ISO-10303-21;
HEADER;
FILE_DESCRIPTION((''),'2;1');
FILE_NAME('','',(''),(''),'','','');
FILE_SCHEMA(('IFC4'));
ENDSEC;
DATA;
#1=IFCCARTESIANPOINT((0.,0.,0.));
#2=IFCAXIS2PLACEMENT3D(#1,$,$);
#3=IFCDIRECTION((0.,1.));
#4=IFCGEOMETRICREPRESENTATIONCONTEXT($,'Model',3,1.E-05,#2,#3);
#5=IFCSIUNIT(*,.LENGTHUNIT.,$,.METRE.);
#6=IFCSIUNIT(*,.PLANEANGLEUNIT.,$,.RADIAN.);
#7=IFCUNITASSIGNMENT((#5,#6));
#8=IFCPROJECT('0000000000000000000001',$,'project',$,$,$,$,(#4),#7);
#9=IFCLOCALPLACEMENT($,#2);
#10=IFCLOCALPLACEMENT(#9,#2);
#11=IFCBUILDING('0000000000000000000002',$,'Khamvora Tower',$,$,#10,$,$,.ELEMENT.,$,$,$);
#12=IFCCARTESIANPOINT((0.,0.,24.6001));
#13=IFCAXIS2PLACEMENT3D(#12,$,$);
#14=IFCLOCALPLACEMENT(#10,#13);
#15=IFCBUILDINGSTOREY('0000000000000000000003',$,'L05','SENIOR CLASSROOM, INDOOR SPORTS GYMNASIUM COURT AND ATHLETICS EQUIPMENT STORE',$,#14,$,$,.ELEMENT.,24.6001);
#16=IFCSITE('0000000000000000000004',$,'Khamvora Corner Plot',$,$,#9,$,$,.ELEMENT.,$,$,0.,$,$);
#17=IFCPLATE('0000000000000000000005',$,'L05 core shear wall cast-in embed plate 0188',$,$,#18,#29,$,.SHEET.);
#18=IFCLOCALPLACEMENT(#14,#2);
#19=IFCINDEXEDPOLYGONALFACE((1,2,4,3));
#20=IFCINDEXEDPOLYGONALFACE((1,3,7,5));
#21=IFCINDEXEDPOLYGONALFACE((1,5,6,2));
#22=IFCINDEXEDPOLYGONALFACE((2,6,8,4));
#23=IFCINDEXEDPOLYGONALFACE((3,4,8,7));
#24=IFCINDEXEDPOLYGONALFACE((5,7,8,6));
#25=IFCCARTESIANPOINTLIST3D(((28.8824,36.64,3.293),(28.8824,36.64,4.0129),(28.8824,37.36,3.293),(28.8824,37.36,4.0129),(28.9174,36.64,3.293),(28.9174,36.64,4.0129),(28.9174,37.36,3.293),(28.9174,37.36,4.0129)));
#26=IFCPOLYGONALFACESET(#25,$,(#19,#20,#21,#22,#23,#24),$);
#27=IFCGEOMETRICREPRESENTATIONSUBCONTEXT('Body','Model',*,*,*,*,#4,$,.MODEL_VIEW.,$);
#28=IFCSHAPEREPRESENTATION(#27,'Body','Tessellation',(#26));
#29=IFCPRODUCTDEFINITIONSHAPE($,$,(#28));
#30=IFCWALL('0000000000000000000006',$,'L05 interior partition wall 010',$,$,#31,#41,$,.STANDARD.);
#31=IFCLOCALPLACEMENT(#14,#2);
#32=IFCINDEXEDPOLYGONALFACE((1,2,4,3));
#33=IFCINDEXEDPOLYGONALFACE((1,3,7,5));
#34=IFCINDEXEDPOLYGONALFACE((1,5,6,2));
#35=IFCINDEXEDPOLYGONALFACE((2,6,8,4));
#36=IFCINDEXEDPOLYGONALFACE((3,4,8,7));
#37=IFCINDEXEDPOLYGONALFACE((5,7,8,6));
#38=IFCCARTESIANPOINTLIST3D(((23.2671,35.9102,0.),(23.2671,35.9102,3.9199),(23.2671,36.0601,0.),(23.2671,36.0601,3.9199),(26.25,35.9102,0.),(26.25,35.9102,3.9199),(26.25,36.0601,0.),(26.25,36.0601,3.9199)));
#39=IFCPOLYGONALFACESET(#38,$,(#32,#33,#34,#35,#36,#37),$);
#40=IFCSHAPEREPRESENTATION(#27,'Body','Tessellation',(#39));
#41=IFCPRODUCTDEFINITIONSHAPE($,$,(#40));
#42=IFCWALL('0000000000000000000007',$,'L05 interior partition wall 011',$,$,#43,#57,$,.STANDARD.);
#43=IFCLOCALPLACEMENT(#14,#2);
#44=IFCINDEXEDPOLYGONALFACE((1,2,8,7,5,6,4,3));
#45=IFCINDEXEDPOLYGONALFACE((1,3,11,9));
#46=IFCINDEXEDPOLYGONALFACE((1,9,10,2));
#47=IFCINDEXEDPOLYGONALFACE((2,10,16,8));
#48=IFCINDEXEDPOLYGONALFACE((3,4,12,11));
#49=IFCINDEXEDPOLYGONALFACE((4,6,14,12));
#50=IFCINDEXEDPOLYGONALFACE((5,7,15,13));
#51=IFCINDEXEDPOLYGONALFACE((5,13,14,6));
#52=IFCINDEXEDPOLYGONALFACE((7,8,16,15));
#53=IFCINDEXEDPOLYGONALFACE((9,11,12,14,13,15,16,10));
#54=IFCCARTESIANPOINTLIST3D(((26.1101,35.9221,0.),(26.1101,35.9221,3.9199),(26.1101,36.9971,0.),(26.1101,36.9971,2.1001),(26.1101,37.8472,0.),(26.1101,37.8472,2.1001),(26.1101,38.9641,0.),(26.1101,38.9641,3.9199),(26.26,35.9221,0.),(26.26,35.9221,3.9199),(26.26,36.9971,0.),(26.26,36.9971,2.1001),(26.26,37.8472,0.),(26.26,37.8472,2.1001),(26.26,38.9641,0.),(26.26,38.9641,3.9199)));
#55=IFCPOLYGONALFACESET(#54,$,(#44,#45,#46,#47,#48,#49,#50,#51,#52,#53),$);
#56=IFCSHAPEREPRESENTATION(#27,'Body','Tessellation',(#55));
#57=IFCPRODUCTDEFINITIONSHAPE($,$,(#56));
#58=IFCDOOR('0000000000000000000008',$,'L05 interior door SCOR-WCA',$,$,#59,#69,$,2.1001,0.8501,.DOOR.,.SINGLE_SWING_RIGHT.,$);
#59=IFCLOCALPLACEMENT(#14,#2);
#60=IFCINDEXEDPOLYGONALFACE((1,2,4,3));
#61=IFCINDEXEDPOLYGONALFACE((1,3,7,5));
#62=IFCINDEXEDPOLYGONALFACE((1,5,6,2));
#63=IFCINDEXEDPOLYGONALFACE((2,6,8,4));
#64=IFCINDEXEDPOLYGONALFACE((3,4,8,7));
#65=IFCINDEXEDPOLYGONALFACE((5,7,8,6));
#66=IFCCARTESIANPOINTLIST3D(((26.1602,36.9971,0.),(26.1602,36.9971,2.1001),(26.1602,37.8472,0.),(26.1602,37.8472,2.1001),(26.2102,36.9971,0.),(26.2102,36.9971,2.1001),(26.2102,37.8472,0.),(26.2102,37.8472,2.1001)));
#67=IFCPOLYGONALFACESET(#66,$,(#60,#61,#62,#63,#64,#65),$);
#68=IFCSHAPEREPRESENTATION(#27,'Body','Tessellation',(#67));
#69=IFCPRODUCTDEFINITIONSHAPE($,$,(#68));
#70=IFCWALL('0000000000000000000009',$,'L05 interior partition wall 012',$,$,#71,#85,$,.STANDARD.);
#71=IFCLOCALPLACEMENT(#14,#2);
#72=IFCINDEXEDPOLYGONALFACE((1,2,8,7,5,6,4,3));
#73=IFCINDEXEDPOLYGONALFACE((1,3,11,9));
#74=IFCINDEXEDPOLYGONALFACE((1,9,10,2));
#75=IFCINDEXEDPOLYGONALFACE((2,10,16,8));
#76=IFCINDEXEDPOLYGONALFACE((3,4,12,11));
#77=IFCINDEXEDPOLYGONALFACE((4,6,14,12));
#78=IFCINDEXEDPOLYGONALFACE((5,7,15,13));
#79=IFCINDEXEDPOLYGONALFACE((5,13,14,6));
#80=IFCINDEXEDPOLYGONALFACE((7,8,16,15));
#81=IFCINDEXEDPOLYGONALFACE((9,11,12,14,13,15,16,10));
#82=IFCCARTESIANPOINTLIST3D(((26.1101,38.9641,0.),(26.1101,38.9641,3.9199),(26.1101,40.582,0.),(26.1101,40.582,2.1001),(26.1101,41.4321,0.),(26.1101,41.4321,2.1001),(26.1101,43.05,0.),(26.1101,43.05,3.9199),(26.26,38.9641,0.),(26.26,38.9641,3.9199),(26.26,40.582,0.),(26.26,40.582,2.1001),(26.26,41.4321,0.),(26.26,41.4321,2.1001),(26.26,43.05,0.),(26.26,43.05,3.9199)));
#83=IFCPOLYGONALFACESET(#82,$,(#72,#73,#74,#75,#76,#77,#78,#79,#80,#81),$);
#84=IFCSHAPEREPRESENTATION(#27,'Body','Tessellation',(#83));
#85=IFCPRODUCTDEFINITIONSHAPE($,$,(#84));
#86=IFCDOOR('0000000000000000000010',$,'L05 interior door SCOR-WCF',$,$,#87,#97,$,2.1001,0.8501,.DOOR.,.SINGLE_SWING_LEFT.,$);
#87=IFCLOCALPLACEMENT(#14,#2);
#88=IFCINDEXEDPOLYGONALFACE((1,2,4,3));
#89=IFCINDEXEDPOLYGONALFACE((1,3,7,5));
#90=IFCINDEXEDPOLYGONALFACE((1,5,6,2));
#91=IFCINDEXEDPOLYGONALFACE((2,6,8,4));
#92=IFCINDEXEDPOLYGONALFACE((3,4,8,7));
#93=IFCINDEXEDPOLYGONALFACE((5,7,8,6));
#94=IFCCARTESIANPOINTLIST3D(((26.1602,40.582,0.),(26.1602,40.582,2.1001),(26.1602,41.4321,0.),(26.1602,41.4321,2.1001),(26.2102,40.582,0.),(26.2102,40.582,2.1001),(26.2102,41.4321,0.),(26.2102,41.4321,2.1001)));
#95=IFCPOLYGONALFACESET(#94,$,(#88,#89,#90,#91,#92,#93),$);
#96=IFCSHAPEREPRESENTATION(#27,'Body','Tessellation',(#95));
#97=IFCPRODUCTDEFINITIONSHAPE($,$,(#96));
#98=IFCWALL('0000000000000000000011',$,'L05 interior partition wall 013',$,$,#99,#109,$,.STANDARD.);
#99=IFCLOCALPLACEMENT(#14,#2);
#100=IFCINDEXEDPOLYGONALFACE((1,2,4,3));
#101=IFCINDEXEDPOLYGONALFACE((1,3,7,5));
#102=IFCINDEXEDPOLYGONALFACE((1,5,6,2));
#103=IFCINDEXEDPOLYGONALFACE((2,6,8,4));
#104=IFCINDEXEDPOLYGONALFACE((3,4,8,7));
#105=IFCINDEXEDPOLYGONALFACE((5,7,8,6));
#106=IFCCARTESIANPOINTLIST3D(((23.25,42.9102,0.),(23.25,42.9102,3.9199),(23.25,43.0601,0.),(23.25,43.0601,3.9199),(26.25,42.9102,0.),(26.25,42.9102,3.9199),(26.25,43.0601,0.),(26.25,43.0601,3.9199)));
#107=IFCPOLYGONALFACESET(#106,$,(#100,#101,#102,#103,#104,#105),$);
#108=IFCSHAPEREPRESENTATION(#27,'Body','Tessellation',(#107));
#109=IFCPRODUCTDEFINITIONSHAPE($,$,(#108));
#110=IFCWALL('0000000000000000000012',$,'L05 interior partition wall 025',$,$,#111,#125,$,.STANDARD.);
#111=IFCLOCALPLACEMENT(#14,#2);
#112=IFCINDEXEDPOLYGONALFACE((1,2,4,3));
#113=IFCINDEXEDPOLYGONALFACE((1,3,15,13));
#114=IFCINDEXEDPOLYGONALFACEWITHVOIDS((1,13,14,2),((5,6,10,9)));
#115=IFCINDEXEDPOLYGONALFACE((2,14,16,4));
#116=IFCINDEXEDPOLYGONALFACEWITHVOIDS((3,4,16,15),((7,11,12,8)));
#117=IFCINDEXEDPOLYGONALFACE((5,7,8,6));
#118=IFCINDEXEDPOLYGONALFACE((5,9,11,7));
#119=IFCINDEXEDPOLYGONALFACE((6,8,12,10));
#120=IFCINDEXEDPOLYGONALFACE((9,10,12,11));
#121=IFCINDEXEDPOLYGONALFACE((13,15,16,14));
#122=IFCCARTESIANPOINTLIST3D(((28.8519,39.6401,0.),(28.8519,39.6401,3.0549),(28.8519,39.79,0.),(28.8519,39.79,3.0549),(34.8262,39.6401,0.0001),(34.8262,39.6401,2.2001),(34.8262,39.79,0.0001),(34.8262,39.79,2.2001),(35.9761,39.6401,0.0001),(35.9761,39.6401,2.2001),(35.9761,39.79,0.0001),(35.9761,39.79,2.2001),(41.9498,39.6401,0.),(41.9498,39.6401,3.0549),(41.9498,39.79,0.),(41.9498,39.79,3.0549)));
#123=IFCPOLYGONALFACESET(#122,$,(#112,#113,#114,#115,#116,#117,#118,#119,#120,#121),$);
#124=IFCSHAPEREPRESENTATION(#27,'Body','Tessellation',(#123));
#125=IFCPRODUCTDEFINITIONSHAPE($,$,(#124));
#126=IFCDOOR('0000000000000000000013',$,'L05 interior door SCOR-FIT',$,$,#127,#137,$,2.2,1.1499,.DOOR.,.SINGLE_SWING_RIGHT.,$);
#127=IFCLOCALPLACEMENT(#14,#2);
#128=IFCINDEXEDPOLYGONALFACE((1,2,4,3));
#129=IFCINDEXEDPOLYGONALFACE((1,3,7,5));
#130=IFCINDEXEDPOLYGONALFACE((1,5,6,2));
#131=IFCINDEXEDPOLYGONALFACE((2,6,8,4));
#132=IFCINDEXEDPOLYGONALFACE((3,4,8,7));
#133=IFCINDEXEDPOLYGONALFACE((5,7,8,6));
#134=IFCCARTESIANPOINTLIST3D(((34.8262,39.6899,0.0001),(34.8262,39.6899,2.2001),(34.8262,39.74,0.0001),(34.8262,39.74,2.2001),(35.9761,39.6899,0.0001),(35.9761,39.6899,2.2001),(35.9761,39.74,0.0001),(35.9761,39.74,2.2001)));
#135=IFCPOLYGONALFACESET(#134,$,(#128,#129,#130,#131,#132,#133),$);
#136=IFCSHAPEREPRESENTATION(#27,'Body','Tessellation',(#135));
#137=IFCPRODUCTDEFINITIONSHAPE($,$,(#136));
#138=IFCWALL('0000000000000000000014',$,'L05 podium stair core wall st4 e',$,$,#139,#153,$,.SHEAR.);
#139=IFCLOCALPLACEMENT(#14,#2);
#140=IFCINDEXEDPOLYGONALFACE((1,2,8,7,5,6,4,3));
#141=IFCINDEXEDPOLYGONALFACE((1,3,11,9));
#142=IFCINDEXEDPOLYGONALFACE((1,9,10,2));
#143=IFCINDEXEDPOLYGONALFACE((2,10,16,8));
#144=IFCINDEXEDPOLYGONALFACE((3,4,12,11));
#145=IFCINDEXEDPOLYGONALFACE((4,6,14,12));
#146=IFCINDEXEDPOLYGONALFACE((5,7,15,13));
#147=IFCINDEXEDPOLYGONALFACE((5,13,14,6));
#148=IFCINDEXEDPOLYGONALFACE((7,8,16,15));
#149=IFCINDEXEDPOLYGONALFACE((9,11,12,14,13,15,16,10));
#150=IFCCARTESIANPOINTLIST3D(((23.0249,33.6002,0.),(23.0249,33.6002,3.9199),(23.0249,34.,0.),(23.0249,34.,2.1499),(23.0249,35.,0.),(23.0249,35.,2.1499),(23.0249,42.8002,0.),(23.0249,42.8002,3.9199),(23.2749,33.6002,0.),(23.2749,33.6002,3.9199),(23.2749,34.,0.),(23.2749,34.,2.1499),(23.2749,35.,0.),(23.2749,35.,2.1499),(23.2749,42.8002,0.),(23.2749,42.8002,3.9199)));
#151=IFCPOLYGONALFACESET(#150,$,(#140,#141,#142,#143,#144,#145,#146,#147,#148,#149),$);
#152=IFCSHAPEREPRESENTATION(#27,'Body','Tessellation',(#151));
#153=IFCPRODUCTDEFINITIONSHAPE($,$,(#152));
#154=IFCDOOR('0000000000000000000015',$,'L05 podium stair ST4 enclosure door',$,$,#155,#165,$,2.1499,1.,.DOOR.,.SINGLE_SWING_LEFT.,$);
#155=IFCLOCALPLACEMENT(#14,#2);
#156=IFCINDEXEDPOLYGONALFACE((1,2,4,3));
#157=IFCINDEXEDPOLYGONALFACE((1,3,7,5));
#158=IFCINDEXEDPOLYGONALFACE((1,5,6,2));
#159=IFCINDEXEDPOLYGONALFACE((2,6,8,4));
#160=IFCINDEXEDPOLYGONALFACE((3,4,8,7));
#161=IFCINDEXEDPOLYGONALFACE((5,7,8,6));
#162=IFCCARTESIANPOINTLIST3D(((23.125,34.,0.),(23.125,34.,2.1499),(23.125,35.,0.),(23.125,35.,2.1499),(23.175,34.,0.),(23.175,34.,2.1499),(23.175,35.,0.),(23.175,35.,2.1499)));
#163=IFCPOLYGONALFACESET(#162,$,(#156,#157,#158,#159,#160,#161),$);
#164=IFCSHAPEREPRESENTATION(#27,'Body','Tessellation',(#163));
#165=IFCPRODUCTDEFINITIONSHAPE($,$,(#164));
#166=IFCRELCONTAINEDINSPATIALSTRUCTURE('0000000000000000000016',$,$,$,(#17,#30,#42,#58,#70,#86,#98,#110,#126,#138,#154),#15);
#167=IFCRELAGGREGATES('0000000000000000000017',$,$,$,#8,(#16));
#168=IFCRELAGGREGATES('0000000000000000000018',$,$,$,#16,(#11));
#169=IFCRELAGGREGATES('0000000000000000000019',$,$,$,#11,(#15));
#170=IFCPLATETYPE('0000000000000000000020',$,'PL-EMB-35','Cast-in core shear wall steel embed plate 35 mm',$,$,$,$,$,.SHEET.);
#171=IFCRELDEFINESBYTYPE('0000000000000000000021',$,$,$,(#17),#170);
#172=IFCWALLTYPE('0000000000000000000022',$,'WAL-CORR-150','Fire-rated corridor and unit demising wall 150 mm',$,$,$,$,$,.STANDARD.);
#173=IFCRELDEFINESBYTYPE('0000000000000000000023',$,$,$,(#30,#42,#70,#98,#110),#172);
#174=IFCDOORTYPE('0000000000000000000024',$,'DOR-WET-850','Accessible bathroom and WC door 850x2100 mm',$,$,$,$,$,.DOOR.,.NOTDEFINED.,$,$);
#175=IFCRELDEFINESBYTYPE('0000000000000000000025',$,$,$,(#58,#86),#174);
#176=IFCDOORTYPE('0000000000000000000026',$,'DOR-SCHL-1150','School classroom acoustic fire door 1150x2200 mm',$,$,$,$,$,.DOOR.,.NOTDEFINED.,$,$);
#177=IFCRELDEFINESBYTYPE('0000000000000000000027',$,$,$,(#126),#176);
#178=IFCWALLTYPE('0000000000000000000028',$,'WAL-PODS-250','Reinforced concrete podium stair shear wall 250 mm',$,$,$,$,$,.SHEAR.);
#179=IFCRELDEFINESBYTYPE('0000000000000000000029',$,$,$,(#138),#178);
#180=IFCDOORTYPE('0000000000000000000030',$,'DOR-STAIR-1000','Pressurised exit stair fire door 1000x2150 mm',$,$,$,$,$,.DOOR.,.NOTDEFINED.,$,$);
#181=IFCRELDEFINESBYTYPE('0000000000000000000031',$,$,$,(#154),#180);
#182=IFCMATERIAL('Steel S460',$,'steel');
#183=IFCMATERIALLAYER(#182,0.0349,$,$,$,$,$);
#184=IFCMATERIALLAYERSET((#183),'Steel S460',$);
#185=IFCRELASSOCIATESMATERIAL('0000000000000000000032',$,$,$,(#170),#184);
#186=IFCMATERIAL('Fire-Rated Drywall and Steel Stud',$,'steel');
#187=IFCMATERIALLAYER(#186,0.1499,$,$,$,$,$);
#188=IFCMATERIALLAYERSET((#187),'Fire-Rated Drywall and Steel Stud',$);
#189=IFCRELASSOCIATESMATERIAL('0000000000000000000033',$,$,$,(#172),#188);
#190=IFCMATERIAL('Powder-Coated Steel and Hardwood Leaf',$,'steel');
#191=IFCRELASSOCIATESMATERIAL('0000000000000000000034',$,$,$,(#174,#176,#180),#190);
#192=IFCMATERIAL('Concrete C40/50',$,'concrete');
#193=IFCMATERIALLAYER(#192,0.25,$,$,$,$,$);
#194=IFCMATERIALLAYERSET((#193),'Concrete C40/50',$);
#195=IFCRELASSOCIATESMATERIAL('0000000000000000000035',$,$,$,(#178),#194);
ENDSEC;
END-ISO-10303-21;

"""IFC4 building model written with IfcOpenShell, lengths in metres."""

from ifc_helpers import new_model, si_unit, direction, frame, frame_2d, origin, origin_2d, place, context, subcontext, project, spatial, rectangle, extrude, material, layer, layer_set, type_object, element, fill, save


model = new_model("IFC4")

# Units and contexts
model_context = context("Model", 3, precision=1e-05, world=origin(), true_north=direction((0.0, 1.0)))
body_context = subcontext(model_context, "Body", "Model", "MODEL_VIEW")
ifc_project = project(units=[si_unit("LENGTHUNIT", "METRE"), si_unit("PLANEANGLEUNIT", "RADIAN")], contexts=[model_context])

# Site, building, storey
site_placement = place(None, origin())
site = spatial("IfcSite", under=ifc_project, at=site_placement, Name="Khamvora Corner Plot", CompositionType="ELEMENT", RefElevation=0.0)
building_placement = place(site_placement, origin())
building = spatial("IfcBuilding", under=site, at=building_placement, Name="Khamvora Tower", CompositionType="ELEMENT")
storey_placement = place(building_placement, frame((0.0, 0.0, 24.6001)))
storey = spatial("IfcBuildingStorey", under=building, at=storey_placement, Name="L05", Description="SENIOR CLASSROOM, INDOOR SPORTS GYMNASIUM COURT AND ATHLETICS EQUIPMENT STORE", CompositionType="ELEMENT", Elevation=24.6001)

# Shared definitions
ifc_material_1 = material(Name="Steel S460", Category="steel")

# Plate
ifc_layer_1 = layer(ifc_material_1, 0.0349)
ifc_layer_set_1 = layer_set([ifc_layer_1], Name="Steel S460")
plate_type = type_object("IfcPlateType", Name="PL-EMB-35", Description="Cast-in core shear wall steel embed plate 35 mm", PredefinedType="SHEET", material=ifc_layer_set_1)
plate_placement = place(storey_placement, frame((28.8999, 37.0, 3.293), z_axis=(0.0, 0.0, 1.0), x_axis=(1.0, 0.0, 0.0)))
element("IfcPlate", 1, at=plate_placement, inside=storey, type_object=plate_type, Name="L05 core shear wall cast-in embed plate 0188", PredefinedType="SHEET", context=body_context, shape_type="SweptSolid", body=[
    extrude(rectangle(XDim=0.0349, YDim=0.72, at=origin_2d()), origin(), (0.0, 0.0, 1.0), 0.72),
])

# Wall
ifc_material_2 = material(Name="Fire-Rated Drywall and Steel Stud", Category="steel")
ifc_layer_2 = layer(ifc_material_2, 0.1499)
ifc_layer_set_2 = layer_set([ifc_layer_2], Name="Fire-Rated Drywall and Steel Stud")
wall_type_1 = type_object("IfcWallType", Name="WAL-CORR-150", Description="Fire-rated corridor and unit demising wall 150 mm", PredefinedType="STANDARD", material=ifc_layer_set_2)
wall_1_placement = place(storey_placement, frame((23.2671, 35.9851, 0.0), z_axis=(0.0, 0.0, 1.0), x_axis=(1.0, 0.0, 0.0)))
element("IfcWall", 2, at=wall_1_placement, inside=storey, type_object=wall_type_1, Name="L05 interior partition wall 010", PredefinedType="STANDARD", context=body_context, shape_type="SweptSolid", body=[
    extrude(rectangle(XDim=2.9829, YDim=0.1499, at=frame_2d((1.4915, 0.0))), origin(), (0.0, 0.0, 1.0), 3.9199),
])

# Walls, openings, doors
wall_2_placement = place(storey_placement, frame((26.1851, 35.9221, 0.0), z_axis=(0.0, 0.0, 1.0), x_axis=(0.0, 1.0, 0.0)))
wall_2 = element("IfcWall", 3, at=wall_2_placement, inside=storey, type_object=wall_type_1, Name="L05 interior partition wall 011", PredefinedType="STANDARD", context=body_context, shape_type="SweptSolid", body=[
    extrude(rectangle(XDim=3.042, YDim=0.1499, at=frame_2d((1.521, 0.0))), origin(), (0.0, 0.0, 1.0), 3.9199),
])
opening_1_placement = place(wall_2_placement, frame((1.075, 0.0, 0.0)))
opening_1 = element("IfcOpeningElement", 4, at=opening_1_placement, cuts=wall_2, PredefinedType="OPENING", context=body_context, shape_type="SweptSolid", body=[
    extrude(rectangle(XDim=0.8501, YDim=2.1001, at=frame_2d((0.425, 1.05))), frame((0.0, 0.085, 0.0), z_axis=(0.0, -1.0, 0.0), x_axis=(1.0, 0.0, 0.0)), (0.0, 0.0, 1.0), 0.1699),
])
ifc_material_3 = material(Name="Powder-Coated Steel and Hardwood Leaf", Category="steel")
door_type_1 = type_object("IfcDoorType", Name="DOR-WET-850", Description="Accessible bathroom and WC door 850x2100 mm", OperationType="NOTDEFINED", PredefinedType="DOOR", material=ifc_material_3)
door_1_placement = place(opening_1_placement, origin())
door_1 = element("IfcDoor", 5, at=door_1_placement, inside=storey, type_object=door_type_1, Name="L05 interior door SCOR-WCA", OperationType="SINGLE_SWING_RIGHT", OverallHeight=2.1001, OverallWidth=0.8501, PredefinedType="DOOR", context=body_context, shape_type="SweptSolid", body=[
    extrude(rectangle(XDim=0.8501, YDim=2.1001, at=frame_2d((0.425, 1.05))), frame((0.0, 0.0249, 0.0), z_axis=(0.0, -1.0, 0.0), x_axis=(1.0, 0.0, 0.0)), (0.0, 0.0, 1.0), 0.05),
])
fill(opening_1, door_1)
wall_3_placement = place(storey_placement, frame((26.1851, 38.9641, 0.0), z_axis=(0.0, 0.0, 1.0), x_axis=(0.0, 1.0, 0.0)))
wall_3 = element("IfcWall", 6, at=wall_3_placement, inside=storey, type_object=wall_type_1, Name="L05 interior partition wall 012", PredefinedType="STANDARD", context=body_context, shape_type="SweptSolid", body=[
    extrude(rectangle(XDim=4.0859, YDim=0.1499, at=frame_2d((2.043, 0.0))), origin(), (0.0, 0.0, 1.0), 3.9199),
])
opening_2_placement = place(wall_3_placement, frame((1.6179, 0.0, 0.0)))
opening_2 = element("IfcOpeningElement", 7, at=opening_2_placement, cuts=wall_3, PredefinedType="OPENING", context=body_context, shape_type="SweptSolid", body=[
    extrude(rectangle(XDim=0.8501, YDim=2.1001, at=frame_2d((0.425, 1.05))), frame((0.0, 0.085, 0.0), z_axis=(0.0, -1.0, 0.0), x_axis=(1.0, 0.0, 0.0)), (0.0, 0.0, 1.0), 0.1699),
])
door_2_placement = place(opening_2_placement, origin())
door_2 = element("IfcDoor", 8, at=door_2_placement, inside=storey, type_object=door_type_1, Name="L05 interior door SCOR-WCF", OperationType="SINGLE_SWING_LEFT", OverallHeight=2.1001, OverallWidth=0.8501, PredefinedType="DOOR", context=body_context, shape_type="SweptSolid", body=[
    extrude(rectangle(XDim=0.8501, YDim=2.1001, at=frame_2d((0.425, 1.05))), frame((0.0, 0.0249, 0.0), z_axis=(0.0, -1.0, 0.0), x_axis=(1.0, 0.0, 0.0)), (0.0, 0.0, 1.0), 0.05),
])
fill(opening_2, door_2)

# Wall
wall_4_placement = place(storey_placement, frame((26.25, 42.9851, 0.0), z_axis=(0.0, 0.0, 1.0), x_axis=(-1.0, 0.0, 0.0)))
element("IfcWall", 9, at=wall_4_placement, inside=storey, type_object=wall_type_1, Name="L05 interior partition wall 013", PredefinedType="STANDARD", context=body_context, shape_type="SweptSolid", body=[
    extrude(rectangle(XDim=3.0, YDim=0.1499, at=frame_2d((1.5, 0.0))), origin(), (0.0, 0.0, 1.0), 3.9199),
])

# Walls, openings, doors
wall_5_placement = place(storey_placement, frame((28.8521, 39.7151, 0.0), z_axis=(0.0, 0.0, 1.0), x_axis=(1.0, 0.0, 0.0)))
wall_5 = element("IfcWall", 10, at=wall_5_placement, inside=storey, type_object=wall_type_1, Name="L05 interior partition wall 025", PredefinedType="STANDARD", context=body_context, shape_type="SweptSolid", body=[
    extrude(rectangle(XDim=13.0979, YDim=0.1499, at=frame_2d((6.5488, 0.0))), origin(), (0.0, 0.0, 1.0), 3.0549),
])
opening_3_placement = place(wall_5_placement, frame((5.9741, 0.0, 0.0)))
opening_3 = element("IfcOpeningElement", 11, at=opening_3_placement, cuts=wall_5, PredefinedType="OPENING", context=body_context, shape_type="SweptSolid", body=[
    extrude(rectangle(XDim=1.1499, YDim=2.2, at=frame_2d((0.575, 1.1001))), frame((0.0, 0.085, 0.0), z_axis=(0.0, -1.0, 0.0), x_axis=(1.0, 0.0, 0.0)), (0.0, 0.0, 1.0), 0.1699),
])
door_type_2 = type_object("IfcDoorType", Name="DOR-SCHL-1150", Description="School classroom acoustic fire door 1150x2200 mm", OperationType="NOTDEFINED", PredefinedType="DOOR", material=ifc_material_3)
door_3_placement = place(opening_3_placement, origin())
door_3 = element("IfcDoor", 12, at=door_3_placement, inside=storey, type_object=door_type_2, Name="L05 interior door SCOR-FIT", OperationType="SINGLE_SWING_RIGHT", OverallHeight=2.2, OverallWidth=1.1499, PredefinedType="DOOR", context=body_context, shape_type="SweptSolid", body=[
    extrude(rectangle(XDim=1.1499, YDim=2.2, at=frame_2d((0.575, 1.1001))), frame((0.0, 0.0249, 0.0), z_axis=(0.0, -1.0, 0.0), x_axis=(1.0, 0.0, 0.0)), (0.0, 0.0, 1.0), 0.05),
])
fill(opening_3, door_3)
ifc_material_4 = material(Name="Concrete C40/50", Category="concrete")
ifc_layer_3 = layer(ifc_material_4, 0.25)
ifc_layer_set_3 = layer_set([ifc_layer_3], Name="Concrete C40/50")
wall_type_2 = type_object("IfcWallType", Name="WAL-PODS-250", Description="Reinforced concrete podium stair shear wall 250 mm", PredefinedType="SHEAR", material=ifc_layer_set_3)
wall_6_placement = place(storey_placement, frame((23.1499, 33.6001, 0.0), z_axis=(0.0, 0.0, 1.0), x_axis=(0.0, 1.0, 0.0)))
wall_6 = element("IfcWall", 13, at=wall_6_placement, inside=storey, type_object=wall_type_2, Name="L05 podium stair core wall st4 e", PredefinedType="SHEAR", context=body_context, shape_type="SweptSolid", body=[
    extrude(rectangle(XDim=9.2, YDim=0.25, at=frame_2d((4.6001, 0.0))), origin(), (0.0, 0.0, 1.0), 3.9199),
])
opening_4_placement = place(wall_6_placement, frame((0.3999, 0.0, 0.0)))
opening_4 = element("IfcOpeningElement", 14, at=opening_4_placement, cuts=wall_6, PredefinedType="OPENING", context=body_context, shape_type="SweptSolid", body=[
    extrude(rectangle(XDim=1.0, YDim=2.1499, at=frame_2d((0.5, 1.075))), frame((0.0, 0.135, 0.0), z_axis=(0.0, -1.0, 0.0), x_axis=(1.0, 0.0, 0.0)), (0.0, 0.0, 1.0), 0.27),
])
door_type_3 = type_object("IfcDoorType", Name="DOR-STAIR-1000", Description="Pressurised exit stair fire door 1000x2150 mm", OperationType="NOTDEFINED", PredefinedType="DOOR", material=ifc_material_3)
door_4_placement = place(opening_4_placement, origin())
door_4 = element("IfcDoor", 15, at=door_4_placement, inside=storey, type_object=door_type_3, Name="L05 podium stair ST4 enclosure door", OperationType="SINGLE_SWING_LEFT", OverallHeight=2.1499, OverallWidth=1.0, PredefinedType="DOOR", context=body_context, shape_type="SweptSolid", body=[
    extrude(rectangle(XDim=1.0, YDim=2.1499, at=frame_2d((0.5, 1.075))), frame((0.0, 0.0249, 0.0), z_axis=(0.0, -1.0, 0.0), x_axis=(1.0, 0.0, 0.0)), (0.0, 0.0, 1.0), 0.05),
])
fill(opening_4, door_4)

save(model, "model.ifc")
